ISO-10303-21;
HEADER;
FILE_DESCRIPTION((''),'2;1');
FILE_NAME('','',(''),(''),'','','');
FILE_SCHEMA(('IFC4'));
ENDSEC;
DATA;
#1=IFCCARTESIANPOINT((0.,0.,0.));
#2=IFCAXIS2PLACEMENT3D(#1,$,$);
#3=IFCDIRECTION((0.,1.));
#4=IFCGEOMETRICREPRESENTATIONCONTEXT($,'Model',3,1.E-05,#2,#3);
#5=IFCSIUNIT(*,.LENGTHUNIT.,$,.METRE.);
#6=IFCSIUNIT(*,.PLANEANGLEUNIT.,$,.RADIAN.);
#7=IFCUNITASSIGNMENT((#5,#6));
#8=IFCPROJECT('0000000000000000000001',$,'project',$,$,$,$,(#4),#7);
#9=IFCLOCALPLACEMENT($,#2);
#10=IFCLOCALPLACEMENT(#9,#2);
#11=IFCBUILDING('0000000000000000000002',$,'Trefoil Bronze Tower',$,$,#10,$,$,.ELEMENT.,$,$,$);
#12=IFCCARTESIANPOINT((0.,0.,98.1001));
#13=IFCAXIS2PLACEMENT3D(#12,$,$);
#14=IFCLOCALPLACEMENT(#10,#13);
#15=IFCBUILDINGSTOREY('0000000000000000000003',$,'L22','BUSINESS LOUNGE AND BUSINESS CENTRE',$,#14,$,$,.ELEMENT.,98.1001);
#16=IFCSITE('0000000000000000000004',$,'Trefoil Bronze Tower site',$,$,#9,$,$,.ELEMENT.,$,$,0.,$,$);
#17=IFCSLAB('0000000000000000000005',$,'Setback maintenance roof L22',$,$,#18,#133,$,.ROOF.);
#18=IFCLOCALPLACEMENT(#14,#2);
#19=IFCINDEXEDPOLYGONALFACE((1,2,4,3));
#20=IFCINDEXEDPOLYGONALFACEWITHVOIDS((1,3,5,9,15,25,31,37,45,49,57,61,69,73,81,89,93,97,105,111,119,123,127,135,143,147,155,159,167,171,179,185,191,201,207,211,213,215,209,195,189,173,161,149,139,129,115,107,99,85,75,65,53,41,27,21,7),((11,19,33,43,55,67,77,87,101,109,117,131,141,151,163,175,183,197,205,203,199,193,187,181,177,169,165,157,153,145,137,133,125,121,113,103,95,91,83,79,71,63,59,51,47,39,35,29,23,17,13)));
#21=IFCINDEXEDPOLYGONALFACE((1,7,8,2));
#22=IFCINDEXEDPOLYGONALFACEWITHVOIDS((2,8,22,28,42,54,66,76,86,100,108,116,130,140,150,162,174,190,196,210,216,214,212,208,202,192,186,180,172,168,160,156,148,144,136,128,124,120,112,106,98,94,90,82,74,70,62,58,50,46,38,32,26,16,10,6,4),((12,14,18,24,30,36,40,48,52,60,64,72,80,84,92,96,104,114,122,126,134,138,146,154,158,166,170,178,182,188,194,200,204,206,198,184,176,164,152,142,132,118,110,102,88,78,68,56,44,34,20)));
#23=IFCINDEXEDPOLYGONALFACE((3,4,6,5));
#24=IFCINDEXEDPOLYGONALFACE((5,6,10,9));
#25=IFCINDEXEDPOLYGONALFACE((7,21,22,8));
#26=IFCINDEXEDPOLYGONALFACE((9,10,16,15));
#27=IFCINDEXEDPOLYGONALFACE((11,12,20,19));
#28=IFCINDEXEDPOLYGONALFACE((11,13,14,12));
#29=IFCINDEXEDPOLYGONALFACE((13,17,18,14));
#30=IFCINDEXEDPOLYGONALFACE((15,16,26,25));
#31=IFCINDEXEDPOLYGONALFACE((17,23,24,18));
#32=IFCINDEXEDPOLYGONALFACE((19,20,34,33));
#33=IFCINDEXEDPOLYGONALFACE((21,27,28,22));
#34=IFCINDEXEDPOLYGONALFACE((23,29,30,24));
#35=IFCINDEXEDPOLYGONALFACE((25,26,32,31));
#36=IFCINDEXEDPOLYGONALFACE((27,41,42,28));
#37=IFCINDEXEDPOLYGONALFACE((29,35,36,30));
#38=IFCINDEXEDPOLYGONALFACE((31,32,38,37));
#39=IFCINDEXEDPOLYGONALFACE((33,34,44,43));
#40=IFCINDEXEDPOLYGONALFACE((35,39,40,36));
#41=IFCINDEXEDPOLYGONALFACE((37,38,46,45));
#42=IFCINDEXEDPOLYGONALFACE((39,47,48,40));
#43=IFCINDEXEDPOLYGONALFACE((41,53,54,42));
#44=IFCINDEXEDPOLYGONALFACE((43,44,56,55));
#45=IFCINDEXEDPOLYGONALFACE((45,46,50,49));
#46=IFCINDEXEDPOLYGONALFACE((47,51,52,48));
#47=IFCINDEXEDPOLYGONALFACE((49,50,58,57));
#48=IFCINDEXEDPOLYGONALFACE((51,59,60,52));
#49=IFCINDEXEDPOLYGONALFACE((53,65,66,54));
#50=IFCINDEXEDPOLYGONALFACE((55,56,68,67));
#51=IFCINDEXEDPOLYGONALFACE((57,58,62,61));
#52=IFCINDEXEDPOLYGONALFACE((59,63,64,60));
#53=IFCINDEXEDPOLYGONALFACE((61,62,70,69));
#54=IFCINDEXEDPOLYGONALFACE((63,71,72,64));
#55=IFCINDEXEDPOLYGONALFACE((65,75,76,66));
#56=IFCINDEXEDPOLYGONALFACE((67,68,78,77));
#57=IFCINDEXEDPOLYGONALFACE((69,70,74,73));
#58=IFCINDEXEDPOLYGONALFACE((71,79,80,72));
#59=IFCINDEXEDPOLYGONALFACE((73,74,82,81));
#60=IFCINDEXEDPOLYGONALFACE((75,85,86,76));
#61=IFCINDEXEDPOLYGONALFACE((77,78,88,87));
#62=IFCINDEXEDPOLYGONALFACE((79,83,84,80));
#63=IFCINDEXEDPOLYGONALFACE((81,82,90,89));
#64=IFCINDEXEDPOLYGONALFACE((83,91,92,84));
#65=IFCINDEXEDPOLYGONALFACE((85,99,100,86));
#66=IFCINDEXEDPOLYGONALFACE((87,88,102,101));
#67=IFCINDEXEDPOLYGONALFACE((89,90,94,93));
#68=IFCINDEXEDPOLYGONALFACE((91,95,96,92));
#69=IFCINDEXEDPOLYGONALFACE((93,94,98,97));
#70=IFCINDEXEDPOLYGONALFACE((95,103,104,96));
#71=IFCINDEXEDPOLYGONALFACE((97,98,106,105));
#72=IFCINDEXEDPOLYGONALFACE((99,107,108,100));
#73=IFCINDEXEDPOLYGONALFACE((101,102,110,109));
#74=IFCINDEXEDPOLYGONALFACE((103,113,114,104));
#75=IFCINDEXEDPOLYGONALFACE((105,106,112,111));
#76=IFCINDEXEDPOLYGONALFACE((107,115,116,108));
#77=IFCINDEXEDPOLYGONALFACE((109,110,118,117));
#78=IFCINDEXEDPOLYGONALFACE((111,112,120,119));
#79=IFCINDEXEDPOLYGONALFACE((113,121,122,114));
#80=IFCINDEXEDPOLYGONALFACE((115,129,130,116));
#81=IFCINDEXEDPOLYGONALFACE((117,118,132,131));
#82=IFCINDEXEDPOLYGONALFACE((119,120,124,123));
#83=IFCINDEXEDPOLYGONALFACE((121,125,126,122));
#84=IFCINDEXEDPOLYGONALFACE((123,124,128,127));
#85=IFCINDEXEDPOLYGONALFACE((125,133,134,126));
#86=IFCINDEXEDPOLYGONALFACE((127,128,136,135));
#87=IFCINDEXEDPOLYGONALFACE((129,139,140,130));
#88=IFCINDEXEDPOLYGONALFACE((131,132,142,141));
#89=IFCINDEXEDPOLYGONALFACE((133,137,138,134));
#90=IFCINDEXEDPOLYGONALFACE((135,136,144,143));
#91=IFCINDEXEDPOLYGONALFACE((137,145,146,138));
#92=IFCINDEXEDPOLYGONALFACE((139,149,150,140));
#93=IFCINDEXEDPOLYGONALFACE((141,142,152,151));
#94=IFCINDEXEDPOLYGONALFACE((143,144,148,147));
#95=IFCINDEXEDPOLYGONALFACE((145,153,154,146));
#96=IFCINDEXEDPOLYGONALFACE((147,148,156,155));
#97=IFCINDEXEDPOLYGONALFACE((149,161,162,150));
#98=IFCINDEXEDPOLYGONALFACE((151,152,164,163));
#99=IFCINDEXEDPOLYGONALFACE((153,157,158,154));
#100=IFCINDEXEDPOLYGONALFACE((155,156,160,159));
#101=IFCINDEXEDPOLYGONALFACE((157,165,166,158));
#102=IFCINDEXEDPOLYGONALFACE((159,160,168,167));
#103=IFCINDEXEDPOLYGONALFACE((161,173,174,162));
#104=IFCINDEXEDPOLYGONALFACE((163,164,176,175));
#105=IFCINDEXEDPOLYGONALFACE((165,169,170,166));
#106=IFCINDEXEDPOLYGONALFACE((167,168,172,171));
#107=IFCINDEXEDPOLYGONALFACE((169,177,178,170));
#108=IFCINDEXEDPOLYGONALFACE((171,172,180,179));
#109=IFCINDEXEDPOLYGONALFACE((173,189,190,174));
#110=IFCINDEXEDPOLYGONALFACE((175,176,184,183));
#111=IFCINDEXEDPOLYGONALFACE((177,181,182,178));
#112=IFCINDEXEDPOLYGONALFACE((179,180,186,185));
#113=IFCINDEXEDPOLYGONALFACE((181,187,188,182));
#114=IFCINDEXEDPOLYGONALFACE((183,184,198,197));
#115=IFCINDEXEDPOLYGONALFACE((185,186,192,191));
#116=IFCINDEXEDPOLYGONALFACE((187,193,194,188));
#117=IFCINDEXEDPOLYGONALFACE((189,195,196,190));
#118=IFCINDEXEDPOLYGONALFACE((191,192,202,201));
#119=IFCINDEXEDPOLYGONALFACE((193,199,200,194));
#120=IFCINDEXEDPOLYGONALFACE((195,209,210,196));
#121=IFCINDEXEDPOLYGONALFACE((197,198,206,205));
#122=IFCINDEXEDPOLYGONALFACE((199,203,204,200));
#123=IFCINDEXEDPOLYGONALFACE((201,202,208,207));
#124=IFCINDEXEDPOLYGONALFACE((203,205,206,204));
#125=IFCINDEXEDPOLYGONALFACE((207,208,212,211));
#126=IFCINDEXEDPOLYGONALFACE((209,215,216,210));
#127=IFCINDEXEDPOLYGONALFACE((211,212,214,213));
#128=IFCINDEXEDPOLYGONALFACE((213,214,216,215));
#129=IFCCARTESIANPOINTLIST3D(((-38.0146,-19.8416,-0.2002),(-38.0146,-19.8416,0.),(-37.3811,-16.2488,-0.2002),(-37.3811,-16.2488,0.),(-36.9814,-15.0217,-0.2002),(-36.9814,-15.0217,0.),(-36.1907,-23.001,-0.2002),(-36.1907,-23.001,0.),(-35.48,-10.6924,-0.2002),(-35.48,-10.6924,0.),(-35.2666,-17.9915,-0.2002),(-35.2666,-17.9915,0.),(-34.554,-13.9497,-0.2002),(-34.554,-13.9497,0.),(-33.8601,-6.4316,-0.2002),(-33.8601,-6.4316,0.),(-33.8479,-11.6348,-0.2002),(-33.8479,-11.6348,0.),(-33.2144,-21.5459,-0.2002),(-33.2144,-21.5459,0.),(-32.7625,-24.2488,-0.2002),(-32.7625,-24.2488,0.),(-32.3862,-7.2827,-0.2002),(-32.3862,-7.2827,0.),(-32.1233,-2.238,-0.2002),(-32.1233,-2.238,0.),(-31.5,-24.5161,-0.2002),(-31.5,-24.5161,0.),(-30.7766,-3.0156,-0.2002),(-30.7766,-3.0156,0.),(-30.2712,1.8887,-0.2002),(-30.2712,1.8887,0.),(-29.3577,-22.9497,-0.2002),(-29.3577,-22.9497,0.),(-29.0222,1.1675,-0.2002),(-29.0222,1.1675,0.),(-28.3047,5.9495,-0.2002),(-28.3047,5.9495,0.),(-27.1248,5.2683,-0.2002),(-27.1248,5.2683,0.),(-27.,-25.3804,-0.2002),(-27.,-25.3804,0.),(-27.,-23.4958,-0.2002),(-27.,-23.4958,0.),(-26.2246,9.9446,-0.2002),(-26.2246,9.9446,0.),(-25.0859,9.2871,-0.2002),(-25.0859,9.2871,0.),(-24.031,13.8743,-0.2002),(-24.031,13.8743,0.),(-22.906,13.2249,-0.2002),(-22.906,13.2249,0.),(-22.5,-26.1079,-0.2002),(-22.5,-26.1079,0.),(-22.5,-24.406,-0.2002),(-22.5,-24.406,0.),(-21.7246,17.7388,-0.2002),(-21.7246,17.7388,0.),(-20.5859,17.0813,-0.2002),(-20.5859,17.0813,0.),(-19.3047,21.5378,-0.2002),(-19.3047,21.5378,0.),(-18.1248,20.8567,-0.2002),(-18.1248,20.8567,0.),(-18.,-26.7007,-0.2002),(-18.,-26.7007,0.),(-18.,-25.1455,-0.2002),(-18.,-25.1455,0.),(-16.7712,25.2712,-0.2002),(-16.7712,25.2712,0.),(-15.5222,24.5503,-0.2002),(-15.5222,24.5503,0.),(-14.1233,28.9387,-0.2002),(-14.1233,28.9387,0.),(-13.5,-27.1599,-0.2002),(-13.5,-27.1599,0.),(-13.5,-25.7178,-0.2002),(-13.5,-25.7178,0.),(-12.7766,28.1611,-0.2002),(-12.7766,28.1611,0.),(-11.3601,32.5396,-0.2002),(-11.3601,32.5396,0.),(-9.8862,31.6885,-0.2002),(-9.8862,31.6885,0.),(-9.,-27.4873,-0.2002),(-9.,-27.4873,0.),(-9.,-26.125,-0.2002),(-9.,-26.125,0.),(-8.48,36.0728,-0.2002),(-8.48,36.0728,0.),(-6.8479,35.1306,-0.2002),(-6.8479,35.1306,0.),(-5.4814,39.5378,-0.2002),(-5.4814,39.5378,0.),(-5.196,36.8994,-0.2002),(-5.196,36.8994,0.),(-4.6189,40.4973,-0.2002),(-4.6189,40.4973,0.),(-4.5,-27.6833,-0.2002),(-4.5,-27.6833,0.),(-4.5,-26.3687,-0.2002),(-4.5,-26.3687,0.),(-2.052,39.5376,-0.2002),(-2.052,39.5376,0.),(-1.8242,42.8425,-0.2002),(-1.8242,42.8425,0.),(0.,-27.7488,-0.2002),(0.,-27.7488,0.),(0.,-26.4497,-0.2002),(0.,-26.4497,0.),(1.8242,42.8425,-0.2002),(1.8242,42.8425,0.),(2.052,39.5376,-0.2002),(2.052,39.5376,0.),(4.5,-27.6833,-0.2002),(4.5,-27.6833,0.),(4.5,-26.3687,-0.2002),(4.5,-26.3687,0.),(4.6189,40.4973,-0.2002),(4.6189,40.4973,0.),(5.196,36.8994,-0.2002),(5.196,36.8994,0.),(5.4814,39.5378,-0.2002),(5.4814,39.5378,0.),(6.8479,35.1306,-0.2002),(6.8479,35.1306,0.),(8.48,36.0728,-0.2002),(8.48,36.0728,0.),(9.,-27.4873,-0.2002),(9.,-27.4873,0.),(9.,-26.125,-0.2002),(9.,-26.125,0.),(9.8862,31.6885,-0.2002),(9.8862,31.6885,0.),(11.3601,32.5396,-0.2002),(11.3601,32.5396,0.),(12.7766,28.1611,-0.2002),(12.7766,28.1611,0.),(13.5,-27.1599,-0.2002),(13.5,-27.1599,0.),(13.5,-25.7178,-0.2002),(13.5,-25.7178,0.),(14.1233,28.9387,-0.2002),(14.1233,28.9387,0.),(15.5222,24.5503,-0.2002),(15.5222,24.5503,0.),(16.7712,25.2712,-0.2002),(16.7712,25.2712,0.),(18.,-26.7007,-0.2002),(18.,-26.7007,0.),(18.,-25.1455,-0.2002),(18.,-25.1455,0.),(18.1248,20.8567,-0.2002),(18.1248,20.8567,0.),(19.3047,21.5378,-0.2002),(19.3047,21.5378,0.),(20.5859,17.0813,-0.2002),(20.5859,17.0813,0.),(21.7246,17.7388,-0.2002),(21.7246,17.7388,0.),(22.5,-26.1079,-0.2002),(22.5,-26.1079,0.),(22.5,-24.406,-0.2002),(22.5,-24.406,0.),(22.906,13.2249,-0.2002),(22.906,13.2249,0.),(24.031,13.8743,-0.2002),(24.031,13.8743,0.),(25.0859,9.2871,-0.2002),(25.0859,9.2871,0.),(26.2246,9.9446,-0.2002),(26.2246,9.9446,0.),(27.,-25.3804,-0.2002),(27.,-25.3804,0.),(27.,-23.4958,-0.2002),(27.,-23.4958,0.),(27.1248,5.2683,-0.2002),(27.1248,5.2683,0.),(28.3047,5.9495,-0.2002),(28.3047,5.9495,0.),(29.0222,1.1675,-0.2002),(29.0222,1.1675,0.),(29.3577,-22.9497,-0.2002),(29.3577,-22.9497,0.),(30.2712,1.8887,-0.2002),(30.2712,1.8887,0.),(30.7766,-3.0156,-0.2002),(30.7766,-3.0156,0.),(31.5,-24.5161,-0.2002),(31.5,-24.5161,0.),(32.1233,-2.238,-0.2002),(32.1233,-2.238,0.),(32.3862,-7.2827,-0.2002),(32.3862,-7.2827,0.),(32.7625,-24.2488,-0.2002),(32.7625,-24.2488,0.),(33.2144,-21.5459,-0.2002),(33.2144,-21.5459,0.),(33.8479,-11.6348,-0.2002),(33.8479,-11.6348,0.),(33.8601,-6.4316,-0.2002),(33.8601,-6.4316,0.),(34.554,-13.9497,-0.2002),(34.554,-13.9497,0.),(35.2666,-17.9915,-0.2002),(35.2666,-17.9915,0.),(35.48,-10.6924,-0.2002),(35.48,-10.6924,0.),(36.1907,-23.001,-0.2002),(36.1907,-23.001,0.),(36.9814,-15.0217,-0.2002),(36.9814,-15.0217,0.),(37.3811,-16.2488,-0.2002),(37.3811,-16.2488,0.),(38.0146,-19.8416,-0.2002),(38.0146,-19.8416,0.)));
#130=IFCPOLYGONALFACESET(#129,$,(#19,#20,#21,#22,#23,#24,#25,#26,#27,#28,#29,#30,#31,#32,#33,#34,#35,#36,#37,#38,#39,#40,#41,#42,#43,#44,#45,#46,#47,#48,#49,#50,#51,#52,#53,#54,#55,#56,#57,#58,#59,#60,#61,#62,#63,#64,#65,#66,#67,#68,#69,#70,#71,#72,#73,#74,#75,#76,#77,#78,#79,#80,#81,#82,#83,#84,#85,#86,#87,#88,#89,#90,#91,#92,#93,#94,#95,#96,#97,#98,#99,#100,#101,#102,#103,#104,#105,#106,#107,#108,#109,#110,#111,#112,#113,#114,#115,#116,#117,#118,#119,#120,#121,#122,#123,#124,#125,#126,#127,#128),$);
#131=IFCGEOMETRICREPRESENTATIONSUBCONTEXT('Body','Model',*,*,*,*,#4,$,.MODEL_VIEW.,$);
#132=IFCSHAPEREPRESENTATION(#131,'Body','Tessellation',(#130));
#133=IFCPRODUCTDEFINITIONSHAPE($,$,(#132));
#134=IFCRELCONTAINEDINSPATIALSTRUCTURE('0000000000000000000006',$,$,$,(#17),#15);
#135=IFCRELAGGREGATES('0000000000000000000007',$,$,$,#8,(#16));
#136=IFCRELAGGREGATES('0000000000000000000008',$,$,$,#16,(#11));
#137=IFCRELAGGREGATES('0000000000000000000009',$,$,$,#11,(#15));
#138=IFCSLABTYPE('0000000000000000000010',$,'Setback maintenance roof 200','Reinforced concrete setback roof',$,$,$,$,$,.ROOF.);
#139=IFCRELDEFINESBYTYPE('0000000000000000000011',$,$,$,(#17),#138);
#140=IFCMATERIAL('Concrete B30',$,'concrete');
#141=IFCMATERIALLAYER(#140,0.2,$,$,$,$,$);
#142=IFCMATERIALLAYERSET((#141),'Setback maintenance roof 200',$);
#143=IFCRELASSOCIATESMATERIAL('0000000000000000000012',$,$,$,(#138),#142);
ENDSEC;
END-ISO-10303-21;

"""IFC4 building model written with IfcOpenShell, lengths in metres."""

from ifc_helpers import new_model, si_unit, direction, frame, origin, place, context, subcontext, project, spatial, polyline, outline, extrude, material, layer, layer_set, type_object, element, save


model = new_model("IFC4")

# Units and contexts
model_context = context("Model", 3, precision=1e-05, world=origin(), true_north=direction((0.0, 1.0)))
body_context = subcontext(model_context, "Body", "Model", "MODEL_VIEW")
ifc_project = project(units=[si_unit("LENGTHUNIT", "METRE"), si_unit("PLANEANGLEUNIT", "RADIAN")], contexts=[model_context])

# Site, building, storey
site_placement = place(None, origin())
site = spatial("IfcSite", under=ifc_project, at=site_placement, Name="Trefoil Bronze Tower site", CompositionType="ELEMENT", RefElevation=0.0)
building_placement = place(site_placement, origin())
building = spatial("IfcBuilding", under=site, at=building_placement, Name="Trefoil Bronze Tower", CompositionType="ELEMENT")
storey_placement = place(building_placement, frame((0.0, 0.0, 98.1001)))
storey = spatial("IfcBuildingStorey", under=building, at=storey_placement, Name="L22", Description="BUSINESS LOUNGE AND BUSINESS CENTRE", CompositionType="ELEMENT", Elevation=98.1001)

# Slab
ifc_material_1 = material(Name="Concrete B30", Category="concrete")
ifc_layer_1 = layer(ifc_material_1, 0.2)
ifc_layer_set_1 = layer_set([ifc_layer_1], Name="Setback maintenance roof 200")
slab_type_1 = type_object("IfcSlabType", Name="Setback maintenance roof 200", Description="Reinforced concrete setback roof", PredefinedType="ROOF", material=ifc_layer_set_1)
slab_1_placement = place(storey_placement, frame((0.0, 0.0, -0.2002)))
element("IfcSlab", 1, at=slab_1_placement, inside=storey, type_object=slab_type_1, Name="Setback maintenance roof L22", PredefinedType="ROOF", context=body_context, shape_type="SweptSolid", body=[
    extrude(outline(polyline([(-32.7625, -24.2488), (-31.5, -24.5161), (-27.0, -25.3804), (-22.5, -26.1079), (-18.0, -26.7007), (-13.5, -27.1599), (-9.0, -27.4873), (-4.5, -27.6833), (0.0, -27.7488), (4.5, -27.6833), (9.0, -27.4873), (13.5, -27.1599), (18.0, -26.7007), (22.5, -26.1079), (27.0, -25.3804), (31.5, -24.5161), (32.7625, -24.2488), (36.1907, -23.001), (38.0146, -19.8416), (37.3811, -16.2488), (36.9814, -15.0217), (35.48, -10.6924), (33.8601, -6.4316), (32.1233, -2.238), (30.2712, 1.8887), (28.3047, 5.9495), (26.2246, 9.9446), (24.031, 13.8743), (21.7246, 17.7388), (19.3047, 21.5378), (16.7712, 25.2712), (14.1233, 28.9387), (11.3601, 32.5396), (8.48, 36.0728), (5.4814, 39.5378), (4.6189, 40.4973), (1.8242, 42.8425), (-1.8242, 42.8425), (-4.6189, 40.4973), (-5.4814, 39.5378), (-8.48, 36.0728), (-11.3601, 32.5396), (-14.1233, 28.9387), (-16.7712, 25.2712), (-19.3047, 21.5378), (-21.7246, 17.7388), (-24.031, 13.8743), (-26.2246, 9.9446), (-28.3047, 5.9495), (-30.2712, 1.8887), (-32.1233, -2.238), (-33.8601, -6.4316), (-35.48, -10.6924), (-36.9814, -15.0217), (-37.3811, -16.2488), (-38.0146, -19.8416), (-36.1907, -23.001), (-32.7625, -24.2488)]), holes=[polyline([(-29.3577, -22.9497), (-27.0, -23.4958), (-22.5, -24.406), (-18.0, -25.1455), (-13.5, -25.7178), (-9.0, -26.125), (-4.5, -26.3687), (0.0, -26.4497), (4.5, -26.3687), (9.0, -26.125), (13.5, -25.7178), (18.0, -25.1455), (22.5, -24.406), (27.0, -23.4958), (29.3577, -22.9497), (33.2144, -21.5459), (35.2666, -17.9915), (34.554, -13.9497), (33.8479, -11.6348), (32.3862, -7.2827), (30.7766, -3.0156), (29.0222, 1.1675), (27.1248, 5.2683), (25.0859, 9.2871), (22.906, 13.2249), (20.5859, 17.0813), (18.1248, 20.8567), (15.5222, 24.5503), (12.7766, 28.1611), (9.8862, 31.6885), (6.8479, 35.1306), (5.196, 36.8994), (2.052, 39.5376), (-2.052, 39.5376), (-5.196, 36.8994), (-6.8479, 35.1306), (-9.8862, 31.6885), (-12.7766, 28.1611), (-15.5222, 24.5503), (-18.1248, 20.8567), (-20.5859, 17.0813), (-22.906, 13.2249), (-25.0859, 9.2871), (-27.1248, 5.2683), (-29.0222, 1.1675), (-30.7766, -3.0156), (-32.3862, -7.2827), (-33.8479, -11.6348), (-34.554, -13.9497), (-35.2666, -17.9915), (-33.2144, -21.5459), (-29.3577, -22.9497)])]), origin(), (0.0, 0.0, 1.0), 0.2002),
])

save(model, "model.ifc")
